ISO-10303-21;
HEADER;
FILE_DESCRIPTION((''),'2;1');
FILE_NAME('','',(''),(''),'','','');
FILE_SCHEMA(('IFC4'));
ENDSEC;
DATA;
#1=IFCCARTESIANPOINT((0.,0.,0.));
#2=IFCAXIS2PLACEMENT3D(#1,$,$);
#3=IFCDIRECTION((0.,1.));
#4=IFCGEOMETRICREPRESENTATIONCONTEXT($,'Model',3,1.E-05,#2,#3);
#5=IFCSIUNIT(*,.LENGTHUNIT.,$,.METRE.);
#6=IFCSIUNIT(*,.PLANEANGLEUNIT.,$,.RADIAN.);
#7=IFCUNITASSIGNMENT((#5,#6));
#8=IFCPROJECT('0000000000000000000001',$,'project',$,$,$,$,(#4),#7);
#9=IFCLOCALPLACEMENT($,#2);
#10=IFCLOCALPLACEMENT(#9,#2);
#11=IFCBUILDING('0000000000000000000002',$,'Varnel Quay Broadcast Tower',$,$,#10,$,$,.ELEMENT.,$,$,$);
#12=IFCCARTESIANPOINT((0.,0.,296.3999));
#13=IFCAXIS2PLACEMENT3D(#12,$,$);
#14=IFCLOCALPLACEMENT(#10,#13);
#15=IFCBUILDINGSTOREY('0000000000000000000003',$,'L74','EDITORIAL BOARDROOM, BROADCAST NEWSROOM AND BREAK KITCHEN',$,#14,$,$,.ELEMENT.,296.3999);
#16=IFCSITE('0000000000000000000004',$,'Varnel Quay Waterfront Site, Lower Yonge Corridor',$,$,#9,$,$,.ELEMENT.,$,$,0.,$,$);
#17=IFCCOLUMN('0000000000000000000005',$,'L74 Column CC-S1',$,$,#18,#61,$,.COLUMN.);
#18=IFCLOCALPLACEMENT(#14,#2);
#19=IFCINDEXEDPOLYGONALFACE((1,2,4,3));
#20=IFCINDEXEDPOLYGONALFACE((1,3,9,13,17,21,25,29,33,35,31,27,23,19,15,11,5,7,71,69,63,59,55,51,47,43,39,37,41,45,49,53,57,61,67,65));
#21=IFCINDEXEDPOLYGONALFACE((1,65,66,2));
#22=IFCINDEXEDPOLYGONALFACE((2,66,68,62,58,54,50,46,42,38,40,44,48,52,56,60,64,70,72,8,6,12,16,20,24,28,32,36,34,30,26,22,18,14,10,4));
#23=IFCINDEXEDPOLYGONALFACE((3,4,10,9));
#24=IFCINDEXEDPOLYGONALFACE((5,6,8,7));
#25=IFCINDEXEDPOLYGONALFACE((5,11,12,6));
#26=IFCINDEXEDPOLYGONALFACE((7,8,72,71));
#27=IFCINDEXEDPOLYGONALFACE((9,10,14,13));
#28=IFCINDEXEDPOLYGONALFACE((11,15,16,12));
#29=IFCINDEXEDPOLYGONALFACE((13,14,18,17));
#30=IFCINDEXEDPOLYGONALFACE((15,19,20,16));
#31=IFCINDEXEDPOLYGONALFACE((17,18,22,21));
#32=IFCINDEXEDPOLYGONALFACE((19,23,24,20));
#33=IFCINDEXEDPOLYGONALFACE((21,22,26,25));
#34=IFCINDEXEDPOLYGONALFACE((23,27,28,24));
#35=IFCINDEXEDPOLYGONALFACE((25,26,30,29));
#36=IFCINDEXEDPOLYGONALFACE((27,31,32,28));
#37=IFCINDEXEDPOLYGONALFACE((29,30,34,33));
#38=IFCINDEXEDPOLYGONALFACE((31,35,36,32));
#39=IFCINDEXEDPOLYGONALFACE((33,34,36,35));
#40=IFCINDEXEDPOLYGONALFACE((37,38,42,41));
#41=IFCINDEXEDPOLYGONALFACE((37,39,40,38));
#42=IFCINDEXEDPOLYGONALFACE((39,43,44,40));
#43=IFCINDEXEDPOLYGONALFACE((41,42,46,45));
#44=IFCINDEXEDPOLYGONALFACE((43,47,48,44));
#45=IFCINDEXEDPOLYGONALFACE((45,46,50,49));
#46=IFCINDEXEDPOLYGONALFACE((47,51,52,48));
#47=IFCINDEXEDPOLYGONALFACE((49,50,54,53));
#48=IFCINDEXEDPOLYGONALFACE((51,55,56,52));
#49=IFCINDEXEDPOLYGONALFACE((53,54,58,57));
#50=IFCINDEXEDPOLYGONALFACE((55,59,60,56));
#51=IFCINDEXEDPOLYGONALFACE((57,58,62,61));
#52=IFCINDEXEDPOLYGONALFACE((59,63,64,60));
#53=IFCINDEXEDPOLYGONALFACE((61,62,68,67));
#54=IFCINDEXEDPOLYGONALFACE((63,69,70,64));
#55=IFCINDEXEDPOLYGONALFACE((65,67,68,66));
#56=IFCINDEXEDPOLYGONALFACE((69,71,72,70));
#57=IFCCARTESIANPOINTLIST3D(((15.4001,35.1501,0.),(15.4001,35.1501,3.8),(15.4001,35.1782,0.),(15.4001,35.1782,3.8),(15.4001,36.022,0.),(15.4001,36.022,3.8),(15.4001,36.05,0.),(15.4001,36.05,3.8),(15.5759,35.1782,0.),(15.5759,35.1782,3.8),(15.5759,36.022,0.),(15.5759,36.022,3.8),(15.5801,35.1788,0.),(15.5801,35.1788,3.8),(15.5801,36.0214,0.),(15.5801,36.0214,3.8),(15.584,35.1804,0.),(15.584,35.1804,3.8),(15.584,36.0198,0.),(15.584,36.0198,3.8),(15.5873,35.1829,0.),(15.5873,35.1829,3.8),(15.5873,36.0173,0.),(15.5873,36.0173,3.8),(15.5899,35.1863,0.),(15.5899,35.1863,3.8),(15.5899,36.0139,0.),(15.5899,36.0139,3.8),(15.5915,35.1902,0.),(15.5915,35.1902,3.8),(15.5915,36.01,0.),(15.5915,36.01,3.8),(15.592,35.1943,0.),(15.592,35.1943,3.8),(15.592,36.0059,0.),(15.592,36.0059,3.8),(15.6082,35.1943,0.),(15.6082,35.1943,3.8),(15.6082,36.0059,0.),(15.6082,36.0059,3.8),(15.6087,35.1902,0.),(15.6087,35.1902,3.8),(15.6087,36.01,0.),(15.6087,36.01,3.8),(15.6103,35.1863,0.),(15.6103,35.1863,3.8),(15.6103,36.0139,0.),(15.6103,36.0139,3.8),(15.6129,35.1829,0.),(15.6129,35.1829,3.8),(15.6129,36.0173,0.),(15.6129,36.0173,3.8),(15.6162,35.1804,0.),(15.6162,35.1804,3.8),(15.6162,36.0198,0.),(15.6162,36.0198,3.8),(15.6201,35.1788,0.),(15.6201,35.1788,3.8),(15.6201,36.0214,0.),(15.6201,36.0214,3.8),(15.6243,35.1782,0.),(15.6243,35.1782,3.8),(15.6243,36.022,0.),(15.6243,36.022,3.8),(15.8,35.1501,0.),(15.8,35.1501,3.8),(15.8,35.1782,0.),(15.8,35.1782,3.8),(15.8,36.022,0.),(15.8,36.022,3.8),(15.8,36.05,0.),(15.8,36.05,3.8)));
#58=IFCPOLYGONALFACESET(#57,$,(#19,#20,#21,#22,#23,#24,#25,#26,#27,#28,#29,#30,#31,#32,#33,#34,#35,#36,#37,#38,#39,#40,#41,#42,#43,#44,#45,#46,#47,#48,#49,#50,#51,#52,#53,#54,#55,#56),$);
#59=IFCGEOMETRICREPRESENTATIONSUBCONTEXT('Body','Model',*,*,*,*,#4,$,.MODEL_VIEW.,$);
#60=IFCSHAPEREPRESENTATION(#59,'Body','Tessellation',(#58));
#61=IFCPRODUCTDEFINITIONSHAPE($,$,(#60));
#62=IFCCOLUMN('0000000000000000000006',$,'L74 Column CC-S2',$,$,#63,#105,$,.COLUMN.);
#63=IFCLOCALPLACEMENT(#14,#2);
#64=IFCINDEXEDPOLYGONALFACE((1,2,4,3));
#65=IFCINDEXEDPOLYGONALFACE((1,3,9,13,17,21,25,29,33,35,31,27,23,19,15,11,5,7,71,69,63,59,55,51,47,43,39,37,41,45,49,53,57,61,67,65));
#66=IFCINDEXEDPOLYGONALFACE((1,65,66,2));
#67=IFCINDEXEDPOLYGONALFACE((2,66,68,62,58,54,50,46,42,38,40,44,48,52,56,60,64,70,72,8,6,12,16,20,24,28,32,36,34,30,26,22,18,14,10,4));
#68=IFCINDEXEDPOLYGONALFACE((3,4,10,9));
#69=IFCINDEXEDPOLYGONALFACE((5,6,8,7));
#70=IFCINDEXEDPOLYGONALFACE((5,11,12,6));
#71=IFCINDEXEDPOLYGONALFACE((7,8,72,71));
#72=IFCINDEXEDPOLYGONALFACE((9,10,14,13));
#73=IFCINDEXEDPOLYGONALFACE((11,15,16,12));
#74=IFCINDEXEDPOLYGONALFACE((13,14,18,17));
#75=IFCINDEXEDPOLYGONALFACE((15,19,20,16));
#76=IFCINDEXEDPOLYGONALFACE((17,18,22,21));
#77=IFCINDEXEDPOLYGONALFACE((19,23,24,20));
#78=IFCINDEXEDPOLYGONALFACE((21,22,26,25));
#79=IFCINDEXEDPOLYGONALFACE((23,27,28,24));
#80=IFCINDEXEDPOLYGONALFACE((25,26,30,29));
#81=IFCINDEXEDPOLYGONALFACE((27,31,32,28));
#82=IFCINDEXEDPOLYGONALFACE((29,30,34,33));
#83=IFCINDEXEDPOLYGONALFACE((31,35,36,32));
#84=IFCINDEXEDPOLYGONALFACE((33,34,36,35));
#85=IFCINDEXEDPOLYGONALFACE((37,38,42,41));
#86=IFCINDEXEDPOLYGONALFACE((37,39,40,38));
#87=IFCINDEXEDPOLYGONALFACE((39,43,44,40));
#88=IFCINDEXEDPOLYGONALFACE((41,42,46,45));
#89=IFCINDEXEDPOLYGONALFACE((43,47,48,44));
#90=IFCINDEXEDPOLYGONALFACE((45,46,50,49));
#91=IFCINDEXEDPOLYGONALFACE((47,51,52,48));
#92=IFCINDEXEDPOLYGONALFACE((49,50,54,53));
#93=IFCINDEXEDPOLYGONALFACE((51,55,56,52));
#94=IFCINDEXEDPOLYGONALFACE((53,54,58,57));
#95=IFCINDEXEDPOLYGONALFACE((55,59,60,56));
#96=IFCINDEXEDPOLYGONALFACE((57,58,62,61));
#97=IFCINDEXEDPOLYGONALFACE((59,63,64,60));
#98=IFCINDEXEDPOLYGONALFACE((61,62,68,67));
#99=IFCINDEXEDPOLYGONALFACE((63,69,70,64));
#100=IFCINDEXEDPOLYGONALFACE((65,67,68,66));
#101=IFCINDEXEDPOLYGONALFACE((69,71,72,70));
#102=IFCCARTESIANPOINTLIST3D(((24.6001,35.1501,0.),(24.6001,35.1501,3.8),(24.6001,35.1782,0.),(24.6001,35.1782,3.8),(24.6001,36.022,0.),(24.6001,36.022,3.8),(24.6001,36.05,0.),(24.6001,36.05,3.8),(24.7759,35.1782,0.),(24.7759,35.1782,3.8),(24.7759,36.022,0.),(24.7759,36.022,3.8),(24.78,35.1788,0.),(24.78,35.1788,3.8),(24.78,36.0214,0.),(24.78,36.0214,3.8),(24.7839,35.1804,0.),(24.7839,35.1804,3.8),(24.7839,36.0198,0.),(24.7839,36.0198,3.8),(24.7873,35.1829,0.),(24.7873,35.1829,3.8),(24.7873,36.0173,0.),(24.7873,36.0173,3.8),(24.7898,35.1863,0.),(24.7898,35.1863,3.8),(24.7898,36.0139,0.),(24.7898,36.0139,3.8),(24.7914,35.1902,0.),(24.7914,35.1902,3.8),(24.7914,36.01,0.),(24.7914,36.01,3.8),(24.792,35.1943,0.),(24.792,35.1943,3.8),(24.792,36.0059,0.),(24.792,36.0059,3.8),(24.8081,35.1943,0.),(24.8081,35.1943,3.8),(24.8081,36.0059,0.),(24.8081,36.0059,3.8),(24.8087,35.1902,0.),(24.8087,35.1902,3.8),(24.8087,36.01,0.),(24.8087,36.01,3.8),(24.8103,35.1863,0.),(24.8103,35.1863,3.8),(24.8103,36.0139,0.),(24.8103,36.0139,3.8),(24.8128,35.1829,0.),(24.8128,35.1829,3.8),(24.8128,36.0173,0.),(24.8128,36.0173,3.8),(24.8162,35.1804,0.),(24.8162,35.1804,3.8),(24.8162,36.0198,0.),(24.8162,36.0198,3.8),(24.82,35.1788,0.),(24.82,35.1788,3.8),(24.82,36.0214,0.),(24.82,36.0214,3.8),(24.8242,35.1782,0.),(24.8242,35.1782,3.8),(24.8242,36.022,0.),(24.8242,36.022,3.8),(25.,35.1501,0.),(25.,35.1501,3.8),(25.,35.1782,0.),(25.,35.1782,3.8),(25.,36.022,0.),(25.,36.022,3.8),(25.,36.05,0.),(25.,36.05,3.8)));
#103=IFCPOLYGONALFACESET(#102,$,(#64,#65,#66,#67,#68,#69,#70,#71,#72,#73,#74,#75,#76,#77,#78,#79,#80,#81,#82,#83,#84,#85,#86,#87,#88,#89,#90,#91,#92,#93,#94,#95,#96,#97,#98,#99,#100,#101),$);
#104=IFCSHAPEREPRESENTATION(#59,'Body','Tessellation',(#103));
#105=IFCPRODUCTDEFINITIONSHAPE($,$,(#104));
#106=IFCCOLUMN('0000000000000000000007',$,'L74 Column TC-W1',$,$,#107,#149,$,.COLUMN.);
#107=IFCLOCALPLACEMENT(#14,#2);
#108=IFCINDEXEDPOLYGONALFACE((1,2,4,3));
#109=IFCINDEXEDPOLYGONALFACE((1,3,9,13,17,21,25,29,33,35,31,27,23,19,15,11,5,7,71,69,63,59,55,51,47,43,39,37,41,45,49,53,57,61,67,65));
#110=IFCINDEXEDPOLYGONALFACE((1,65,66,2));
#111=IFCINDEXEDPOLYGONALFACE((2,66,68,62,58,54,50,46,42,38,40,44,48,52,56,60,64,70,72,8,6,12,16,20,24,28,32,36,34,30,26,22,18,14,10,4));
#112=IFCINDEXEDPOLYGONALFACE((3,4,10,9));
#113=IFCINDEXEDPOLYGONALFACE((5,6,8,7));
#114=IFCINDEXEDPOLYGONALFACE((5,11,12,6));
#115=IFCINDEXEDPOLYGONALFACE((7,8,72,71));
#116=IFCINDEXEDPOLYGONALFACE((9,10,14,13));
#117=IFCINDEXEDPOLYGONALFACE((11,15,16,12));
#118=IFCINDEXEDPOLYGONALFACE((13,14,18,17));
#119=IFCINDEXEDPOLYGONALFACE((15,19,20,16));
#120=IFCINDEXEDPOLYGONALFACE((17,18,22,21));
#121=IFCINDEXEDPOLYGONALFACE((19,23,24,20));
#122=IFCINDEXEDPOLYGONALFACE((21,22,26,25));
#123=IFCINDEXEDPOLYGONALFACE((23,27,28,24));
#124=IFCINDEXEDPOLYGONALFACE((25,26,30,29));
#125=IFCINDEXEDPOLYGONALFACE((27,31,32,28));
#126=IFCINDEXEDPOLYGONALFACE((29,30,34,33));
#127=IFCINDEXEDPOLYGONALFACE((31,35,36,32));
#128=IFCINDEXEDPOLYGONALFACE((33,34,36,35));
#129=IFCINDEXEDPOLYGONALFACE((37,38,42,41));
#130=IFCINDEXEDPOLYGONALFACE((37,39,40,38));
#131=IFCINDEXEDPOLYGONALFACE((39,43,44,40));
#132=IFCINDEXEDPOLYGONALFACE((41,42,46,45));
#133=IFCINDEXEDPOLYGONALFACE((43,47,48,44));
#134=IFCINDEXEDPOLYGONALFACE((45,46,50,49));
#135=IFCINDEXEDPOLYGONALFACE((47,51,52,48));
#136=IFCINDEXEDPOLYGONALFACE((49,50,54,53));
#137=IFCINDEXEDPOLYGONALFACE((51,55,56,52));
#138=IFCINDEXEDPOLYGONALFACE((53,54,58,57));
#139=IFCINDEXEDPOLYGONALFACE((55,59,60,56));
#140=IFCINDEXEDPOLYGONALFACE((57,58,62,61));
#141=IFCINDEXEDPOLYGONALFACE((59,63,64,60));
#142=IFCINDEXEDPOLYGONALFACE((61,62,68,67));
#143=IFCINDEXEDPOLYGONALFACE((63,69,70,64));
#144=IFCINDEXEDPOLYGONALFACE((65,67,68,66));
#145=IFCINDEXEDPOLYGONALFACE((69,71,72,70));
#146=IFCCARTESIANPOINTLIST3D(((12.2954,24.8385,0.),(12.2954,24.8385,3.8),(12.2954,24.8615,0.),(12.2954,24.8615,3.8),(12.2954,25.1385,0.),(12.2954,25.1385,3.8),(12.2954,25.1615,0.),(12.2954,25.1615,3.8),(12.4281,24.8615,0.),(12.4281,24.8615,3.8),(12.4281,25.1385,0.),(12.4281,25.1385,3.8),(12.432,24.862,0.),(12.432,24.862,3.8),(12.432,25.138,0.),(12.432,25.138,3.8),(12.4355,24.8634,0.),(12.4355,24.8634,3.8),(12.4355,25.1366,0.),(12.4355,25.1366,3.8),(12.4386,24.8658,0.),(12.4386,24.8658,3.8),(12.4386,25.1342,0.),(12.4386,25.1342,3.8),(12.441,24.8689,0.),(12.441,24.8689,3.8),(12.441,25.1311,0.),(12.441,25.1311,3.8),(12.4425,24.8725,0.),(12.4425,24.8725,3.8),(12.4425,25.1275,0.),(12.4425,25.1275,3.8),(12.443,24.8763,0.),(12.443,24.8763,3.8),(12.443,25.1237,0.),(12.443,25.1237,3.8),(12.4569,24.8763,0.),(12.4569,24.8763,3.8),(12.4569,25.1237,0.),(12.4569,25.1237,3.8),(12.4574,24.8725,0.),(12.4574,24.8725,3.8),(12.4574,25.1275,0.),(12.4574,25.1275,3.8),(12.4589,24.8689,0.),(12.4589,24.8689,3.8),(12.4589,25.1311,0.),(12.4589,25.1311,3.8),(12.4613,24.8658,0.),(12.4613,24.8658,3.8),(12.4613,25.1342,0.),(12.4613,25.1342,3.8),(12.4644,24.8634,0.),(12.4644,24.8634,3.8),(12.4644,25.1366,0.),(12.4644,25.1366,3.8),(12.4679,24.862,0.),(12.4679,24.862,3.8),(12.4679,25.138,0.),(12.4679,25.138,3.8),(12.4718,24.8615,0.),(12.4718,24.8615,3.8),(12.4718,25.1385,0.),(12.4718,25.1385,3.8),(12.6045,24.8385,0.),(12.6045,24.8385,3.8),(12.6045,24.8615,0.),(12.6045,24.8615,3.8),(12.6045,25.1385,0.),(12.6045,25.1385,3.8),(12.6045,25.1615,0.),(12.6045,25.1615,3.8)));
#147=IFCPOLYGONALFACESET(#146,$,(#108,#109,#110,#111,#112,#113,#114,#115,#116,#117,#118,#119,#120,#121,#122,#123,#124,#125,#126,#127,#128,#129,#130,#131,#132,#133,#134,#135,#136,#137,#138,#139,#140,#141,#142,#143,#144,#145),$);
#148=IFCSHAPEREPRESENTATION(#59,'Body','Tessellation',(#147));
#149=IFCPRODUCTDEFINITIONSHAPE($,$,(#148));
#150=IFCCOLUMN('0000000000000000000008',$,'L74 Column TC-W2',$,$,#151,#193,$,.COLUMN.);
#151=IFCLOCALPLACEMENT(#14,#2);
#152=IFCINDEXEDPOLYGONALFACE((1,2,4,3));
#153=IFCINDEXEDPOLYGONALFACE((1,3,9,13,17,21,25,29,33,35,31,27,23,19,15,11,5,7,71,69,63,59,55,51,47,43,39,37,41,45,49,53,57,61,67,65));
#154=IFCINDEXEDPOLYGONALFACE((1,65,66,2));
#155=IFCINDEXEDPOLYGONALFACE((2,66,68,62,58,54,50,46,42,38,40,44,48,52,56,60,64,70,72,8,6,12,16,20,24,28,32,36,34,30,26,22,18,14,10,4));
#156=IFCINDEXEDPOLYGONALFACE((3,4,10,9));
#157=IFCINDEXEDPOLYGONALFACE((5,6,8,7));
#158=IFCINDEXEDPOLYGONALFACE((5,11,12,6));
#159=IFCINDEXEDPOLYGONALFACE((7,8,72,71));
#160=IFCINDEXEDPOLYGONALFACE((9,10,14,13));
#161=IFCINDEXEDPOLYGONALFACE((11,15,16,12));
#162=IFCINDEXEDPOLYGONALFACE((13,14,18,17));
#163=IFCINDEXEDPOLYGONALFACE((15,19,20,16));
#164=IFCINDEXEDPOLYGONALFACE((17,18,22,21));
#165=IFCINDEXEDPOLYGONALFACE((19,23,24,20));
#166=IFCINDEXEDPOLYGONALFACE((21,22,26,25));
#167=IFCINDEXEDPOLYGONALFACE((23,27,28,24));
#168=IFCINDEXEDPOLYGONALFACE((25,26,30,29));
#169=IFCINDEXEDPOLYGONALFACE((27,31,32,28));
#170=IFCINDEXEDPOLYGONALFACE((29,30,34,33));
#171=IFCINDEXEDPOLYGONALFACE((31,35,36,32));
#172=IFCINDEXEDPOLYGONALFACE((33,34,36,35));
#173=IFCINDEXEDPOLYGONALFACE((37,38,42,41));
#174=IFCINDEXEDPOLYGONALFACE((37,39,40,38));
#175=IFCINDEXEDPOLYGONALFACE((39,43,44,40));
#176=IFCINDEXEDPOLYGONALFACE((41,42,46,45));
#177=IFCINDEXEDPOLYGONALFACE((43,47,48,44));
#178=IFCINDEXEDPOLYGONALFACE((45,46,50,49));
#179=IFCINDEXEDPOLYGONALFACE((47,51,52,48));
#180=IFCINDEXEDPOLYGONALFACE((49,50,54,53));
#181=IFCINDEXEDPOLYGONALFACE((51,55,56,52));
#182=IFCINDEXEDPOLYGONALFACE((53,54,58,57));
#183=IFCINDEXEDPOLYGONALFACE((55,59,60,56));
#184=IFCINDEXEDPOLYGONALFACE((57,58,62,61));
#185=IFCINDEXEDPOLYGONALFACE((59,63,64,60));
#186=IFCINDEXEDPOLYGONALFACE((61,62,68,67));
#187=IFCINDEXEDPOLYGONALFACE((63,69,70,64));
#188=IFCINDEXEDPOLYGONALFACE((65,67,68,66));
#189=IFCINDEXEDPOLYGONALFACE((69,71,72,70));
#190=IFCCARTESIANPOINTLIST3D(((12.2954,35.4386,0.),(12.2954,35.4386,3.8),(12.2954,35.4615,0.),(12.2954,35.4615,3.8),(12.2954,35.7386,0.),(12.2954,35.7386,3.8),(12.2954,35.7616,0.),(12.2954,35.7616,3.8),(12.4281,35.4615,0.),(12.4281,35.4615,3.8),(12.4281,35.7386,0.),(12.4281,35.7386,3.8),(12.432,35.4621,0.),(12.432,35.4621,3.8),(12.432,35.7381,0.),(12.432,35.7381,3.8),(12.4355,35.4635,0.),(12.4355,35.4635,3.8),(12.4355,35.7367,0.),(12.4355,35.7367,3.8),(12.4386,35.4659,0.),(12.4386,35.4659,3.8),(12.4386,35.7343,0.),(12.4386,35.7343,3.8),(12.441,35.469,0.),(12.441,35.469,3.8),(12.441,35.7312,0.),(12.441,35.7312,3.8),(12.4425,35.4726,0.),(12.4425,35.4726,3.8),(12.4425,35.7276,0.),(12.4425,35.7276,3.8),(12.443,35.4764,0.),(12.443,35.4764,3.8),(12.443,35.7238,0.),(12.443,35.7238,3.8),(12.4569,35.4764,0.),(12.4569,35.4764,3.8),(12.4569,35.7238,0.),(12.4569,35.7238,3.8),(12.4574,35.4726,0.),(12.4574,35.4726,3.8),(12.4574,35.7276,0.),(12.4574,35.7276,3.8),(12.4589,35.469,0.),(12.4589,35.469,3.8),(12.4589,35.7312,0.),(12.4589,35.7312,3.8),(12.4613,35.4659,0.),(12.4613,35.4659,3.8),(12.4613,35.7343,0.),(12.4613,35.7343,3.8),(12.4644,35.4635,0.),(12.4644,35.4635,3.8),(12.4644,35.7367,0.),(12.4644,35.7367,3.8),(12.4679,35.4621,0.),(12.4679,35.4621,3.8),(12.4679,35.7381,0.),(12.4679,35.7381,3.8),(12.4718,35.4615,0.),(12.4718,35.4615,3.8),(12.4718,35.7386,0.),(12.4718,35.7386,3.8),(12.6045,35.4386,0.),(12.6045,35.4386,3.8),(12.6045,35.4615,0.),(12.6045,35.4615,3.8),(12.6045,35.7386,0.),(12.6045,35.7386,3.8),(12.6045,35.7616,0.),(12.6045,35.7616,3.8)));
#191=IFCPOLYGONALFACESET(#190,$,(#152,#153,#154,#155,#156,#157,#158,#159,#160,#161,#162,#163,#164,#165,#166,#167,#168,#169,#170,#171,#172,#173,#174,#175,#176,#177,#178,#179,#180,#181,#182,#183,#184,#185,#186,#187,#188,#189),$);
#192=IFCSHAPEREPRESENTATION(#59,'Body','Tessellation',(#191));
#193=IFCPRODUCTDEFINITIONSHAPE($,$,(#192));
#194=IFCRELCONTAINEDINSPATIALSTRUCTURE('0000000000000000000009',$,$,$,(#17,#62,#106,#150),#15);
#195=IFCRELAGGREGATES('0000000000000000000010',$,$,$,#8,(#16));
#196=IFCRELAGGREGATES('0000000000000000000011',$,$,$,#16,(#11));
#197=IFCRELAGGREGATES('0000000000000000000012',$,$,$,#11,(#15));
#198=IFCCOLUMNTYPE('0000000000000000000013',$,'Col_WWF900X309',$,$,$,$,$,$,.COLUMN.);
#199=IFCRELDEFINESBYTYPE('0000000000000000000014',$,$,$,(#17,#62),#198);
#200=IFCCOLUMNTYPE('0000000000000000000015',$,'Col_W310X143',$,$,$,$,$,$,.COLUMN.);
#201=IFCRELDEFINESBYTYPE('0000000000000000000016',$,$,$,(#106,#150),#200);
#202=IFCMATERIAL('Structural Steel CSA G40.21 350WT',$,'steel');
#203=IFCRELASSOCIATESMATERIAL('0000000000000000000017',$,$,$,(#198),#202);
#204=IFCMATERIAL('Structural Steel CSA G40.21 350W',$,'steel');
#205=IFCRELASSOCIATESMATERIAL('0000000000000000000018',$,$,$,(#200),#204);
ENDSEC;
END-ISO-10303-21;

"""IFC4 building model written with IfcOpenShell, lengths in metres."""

from ifc_helpers import new_model, si_unit, direction, frame, origin, origin_2d, place, context, subcontext, project, spatial, i_section, extrude, source, transform, mapped, material, material_profile, profile_set, type_object, type_shapes, element, save


model = new_model("IFC4")

# Units and contexts
model_context = context("Model", 3, precision=1e-05, world=origin(), true_north=direction((0.0, 1.0)))
body_context = subcontext(model_context, "Body", "Model", "MODEL_VIEW")
ifc_project = project(units=[si_unit("LENGTHUNIT", "METRE"), si_unit("PLANEANGLEUNIT", "RADIAN")], contexts=[model_context])

# Site, building, storey
site_placement = place(None, origin())
site = spatial("IfcSite", under=ifc_project, at=site_placement, Name="Varnel Quay Waterfront Site, Lower Yonge Corridor", CompositionType="ELEMENT", RefElevation=0.0)
building_placement = place(site_placement, origin())
building = spatial("IfcBuilding", under=site, at=building_placement, Name="Varnel Quay Broadcast Tower", CompositionType="ELEMENT")
storey_placement = place(building_placement, frame((0.0, 0.0, 296.3999)))
storey = spatial("IfcBuildingStorey", under=building, at=storey_placement, Name="L74", Description="EDITORIAL BOARDROOM, BROADCAST NEWSROOM AND BREAK KITCHEN", CompositionType="ELEMENT", Elevation=296.3999)

# Columns
ifc_material_1 = material(Name="Structural Steel CSA G40.21 350WT", Category="steel")
ifc_material_profile_1 = material_profile(ifc_material_1, i_section(OverallWidth=0.3999, OverallDepth=0.8999, WebThickness=0.0161, FlangeThickness=0.0281, FilletRadius=0.0161, at=origin_2d()), Name="WWF900X309")
ifc_profile_set_1 = profile_set([ifc_material_profile_1], Name="Structural Steel CSA G40.21 350WT")
column_type_1 = type_object("IfcColumnType", Name="Col_WWF900X309", PredefinedType="COLUMN", material=ifc_profile_set_1)
shared_shape_1 = source(origin(), body_context, "Body", "SweptSolid", [
    extrude(i_section(OverallWidth=0.3999, OverallDepth=0.8999, WebThickness=0.0161, FlangeThickness=0.0281, FilletRadius=0.0161, at=origin_2d()), origin(), (0.0, 0.0, 1.0), 3.8),
])
type_shapes(column_type_1, [shared_shape_1])
for number, where, z_axis, x_axis, name in (
    (1, (15.6001, 35.6001, 0.0), (0.0, 0.0, 1.0), (1.0, 0.0, 0.0), "L74 Column CC-S1"),
    (2, (24.8, 35.6001, 0.0), (0.0, 0.0, 1.0), (1.0, 0.0, 0.0), "L74 Column CC-S2"),
):
    element("IfcColumn", number, at=place(storey_placement, frame(where, z_axis=z_axis, x_axis=x_axis)), inside=storey, type_object=column_type_1, Name=name, PredefinedType="COLUMN", context=body_context, shape_type="MappedRepresentation", body=[
        mapped(shared_shape_1, transform((0.0, 0.0, 0.0), x_axis=(1.0, 0.0, 0.0), y_axis=(0.0, 1.0, 0.0), z_axis=(0.0, 0.0, 1.0), scale=1.0)),
    ])
ifc_material_2 = material(Name="Structural Steel CSA G40.21 350W", Category="steel")
ifc_material_profile_2 = material_profile(ifc_material_2, i_section(OverallWidth=0.3091, OverallDepth=0.323, WebThickness=0.0139, FlangeThickness=0.0229, FilletRadius=0.0149, at=origin_2d()), Name="W310X143")
ifc_profile_set_2 = profile_set([ifc_material_profile_2], Name="Structural Steel CSA G40.21 350W")
column_type_2 = type_object("IfcColumnType", Name="Col_W310X143", PredefinedType="COLUMN", material=ifc_profile_set_2)
shared_shape_2 = source(origin(), body_context, "Body", "SweptSolid", [
    extrude(i_section(OverallWidth=0.3091, OverallDepth=0.323, WebThickness=0.0139, FlangeThickness=0.0229, FilletRadius=0.0149, at=origin_2d()), origin(), (0.0, 0.0, 1.0), 3.8),
])
type_shapes(column_type_2, [shared_shape_2])
for number, where, z_axis, x_axis, name in (
    (3, (12.45, 25.0, 0.0), (0.0, 0.0, 1.0), (1.0, 0.0, 0.0), "L74 Column TC-W1"),
    (4, (12.45, 35.6001, 0.0), (0.0, 0.0, 1.0), (1.0, 0.0, 0.0), "L74 Column TC-W2"),
):
    element("IfcColumn", number, at=place(storey_placement, frame(where, z_axis=z_axis, x_axis=x_axis)), inside=storey, type_object=column_type_2, Name=name, PredefinedType="COLUMN", context=body_context, shape_type="MappedRepresentation", body=[
        mapped(shared_shape_2, transform((0.0, 0.0, 0.0), x_axis=(1.0, 0.0, 0.0), y_axis=(0.0, 1.0, 0.0), z_axis=(0.0, 0.0, 1.0), scale=1.0)),
    ])

save(model, "model.ifc")
